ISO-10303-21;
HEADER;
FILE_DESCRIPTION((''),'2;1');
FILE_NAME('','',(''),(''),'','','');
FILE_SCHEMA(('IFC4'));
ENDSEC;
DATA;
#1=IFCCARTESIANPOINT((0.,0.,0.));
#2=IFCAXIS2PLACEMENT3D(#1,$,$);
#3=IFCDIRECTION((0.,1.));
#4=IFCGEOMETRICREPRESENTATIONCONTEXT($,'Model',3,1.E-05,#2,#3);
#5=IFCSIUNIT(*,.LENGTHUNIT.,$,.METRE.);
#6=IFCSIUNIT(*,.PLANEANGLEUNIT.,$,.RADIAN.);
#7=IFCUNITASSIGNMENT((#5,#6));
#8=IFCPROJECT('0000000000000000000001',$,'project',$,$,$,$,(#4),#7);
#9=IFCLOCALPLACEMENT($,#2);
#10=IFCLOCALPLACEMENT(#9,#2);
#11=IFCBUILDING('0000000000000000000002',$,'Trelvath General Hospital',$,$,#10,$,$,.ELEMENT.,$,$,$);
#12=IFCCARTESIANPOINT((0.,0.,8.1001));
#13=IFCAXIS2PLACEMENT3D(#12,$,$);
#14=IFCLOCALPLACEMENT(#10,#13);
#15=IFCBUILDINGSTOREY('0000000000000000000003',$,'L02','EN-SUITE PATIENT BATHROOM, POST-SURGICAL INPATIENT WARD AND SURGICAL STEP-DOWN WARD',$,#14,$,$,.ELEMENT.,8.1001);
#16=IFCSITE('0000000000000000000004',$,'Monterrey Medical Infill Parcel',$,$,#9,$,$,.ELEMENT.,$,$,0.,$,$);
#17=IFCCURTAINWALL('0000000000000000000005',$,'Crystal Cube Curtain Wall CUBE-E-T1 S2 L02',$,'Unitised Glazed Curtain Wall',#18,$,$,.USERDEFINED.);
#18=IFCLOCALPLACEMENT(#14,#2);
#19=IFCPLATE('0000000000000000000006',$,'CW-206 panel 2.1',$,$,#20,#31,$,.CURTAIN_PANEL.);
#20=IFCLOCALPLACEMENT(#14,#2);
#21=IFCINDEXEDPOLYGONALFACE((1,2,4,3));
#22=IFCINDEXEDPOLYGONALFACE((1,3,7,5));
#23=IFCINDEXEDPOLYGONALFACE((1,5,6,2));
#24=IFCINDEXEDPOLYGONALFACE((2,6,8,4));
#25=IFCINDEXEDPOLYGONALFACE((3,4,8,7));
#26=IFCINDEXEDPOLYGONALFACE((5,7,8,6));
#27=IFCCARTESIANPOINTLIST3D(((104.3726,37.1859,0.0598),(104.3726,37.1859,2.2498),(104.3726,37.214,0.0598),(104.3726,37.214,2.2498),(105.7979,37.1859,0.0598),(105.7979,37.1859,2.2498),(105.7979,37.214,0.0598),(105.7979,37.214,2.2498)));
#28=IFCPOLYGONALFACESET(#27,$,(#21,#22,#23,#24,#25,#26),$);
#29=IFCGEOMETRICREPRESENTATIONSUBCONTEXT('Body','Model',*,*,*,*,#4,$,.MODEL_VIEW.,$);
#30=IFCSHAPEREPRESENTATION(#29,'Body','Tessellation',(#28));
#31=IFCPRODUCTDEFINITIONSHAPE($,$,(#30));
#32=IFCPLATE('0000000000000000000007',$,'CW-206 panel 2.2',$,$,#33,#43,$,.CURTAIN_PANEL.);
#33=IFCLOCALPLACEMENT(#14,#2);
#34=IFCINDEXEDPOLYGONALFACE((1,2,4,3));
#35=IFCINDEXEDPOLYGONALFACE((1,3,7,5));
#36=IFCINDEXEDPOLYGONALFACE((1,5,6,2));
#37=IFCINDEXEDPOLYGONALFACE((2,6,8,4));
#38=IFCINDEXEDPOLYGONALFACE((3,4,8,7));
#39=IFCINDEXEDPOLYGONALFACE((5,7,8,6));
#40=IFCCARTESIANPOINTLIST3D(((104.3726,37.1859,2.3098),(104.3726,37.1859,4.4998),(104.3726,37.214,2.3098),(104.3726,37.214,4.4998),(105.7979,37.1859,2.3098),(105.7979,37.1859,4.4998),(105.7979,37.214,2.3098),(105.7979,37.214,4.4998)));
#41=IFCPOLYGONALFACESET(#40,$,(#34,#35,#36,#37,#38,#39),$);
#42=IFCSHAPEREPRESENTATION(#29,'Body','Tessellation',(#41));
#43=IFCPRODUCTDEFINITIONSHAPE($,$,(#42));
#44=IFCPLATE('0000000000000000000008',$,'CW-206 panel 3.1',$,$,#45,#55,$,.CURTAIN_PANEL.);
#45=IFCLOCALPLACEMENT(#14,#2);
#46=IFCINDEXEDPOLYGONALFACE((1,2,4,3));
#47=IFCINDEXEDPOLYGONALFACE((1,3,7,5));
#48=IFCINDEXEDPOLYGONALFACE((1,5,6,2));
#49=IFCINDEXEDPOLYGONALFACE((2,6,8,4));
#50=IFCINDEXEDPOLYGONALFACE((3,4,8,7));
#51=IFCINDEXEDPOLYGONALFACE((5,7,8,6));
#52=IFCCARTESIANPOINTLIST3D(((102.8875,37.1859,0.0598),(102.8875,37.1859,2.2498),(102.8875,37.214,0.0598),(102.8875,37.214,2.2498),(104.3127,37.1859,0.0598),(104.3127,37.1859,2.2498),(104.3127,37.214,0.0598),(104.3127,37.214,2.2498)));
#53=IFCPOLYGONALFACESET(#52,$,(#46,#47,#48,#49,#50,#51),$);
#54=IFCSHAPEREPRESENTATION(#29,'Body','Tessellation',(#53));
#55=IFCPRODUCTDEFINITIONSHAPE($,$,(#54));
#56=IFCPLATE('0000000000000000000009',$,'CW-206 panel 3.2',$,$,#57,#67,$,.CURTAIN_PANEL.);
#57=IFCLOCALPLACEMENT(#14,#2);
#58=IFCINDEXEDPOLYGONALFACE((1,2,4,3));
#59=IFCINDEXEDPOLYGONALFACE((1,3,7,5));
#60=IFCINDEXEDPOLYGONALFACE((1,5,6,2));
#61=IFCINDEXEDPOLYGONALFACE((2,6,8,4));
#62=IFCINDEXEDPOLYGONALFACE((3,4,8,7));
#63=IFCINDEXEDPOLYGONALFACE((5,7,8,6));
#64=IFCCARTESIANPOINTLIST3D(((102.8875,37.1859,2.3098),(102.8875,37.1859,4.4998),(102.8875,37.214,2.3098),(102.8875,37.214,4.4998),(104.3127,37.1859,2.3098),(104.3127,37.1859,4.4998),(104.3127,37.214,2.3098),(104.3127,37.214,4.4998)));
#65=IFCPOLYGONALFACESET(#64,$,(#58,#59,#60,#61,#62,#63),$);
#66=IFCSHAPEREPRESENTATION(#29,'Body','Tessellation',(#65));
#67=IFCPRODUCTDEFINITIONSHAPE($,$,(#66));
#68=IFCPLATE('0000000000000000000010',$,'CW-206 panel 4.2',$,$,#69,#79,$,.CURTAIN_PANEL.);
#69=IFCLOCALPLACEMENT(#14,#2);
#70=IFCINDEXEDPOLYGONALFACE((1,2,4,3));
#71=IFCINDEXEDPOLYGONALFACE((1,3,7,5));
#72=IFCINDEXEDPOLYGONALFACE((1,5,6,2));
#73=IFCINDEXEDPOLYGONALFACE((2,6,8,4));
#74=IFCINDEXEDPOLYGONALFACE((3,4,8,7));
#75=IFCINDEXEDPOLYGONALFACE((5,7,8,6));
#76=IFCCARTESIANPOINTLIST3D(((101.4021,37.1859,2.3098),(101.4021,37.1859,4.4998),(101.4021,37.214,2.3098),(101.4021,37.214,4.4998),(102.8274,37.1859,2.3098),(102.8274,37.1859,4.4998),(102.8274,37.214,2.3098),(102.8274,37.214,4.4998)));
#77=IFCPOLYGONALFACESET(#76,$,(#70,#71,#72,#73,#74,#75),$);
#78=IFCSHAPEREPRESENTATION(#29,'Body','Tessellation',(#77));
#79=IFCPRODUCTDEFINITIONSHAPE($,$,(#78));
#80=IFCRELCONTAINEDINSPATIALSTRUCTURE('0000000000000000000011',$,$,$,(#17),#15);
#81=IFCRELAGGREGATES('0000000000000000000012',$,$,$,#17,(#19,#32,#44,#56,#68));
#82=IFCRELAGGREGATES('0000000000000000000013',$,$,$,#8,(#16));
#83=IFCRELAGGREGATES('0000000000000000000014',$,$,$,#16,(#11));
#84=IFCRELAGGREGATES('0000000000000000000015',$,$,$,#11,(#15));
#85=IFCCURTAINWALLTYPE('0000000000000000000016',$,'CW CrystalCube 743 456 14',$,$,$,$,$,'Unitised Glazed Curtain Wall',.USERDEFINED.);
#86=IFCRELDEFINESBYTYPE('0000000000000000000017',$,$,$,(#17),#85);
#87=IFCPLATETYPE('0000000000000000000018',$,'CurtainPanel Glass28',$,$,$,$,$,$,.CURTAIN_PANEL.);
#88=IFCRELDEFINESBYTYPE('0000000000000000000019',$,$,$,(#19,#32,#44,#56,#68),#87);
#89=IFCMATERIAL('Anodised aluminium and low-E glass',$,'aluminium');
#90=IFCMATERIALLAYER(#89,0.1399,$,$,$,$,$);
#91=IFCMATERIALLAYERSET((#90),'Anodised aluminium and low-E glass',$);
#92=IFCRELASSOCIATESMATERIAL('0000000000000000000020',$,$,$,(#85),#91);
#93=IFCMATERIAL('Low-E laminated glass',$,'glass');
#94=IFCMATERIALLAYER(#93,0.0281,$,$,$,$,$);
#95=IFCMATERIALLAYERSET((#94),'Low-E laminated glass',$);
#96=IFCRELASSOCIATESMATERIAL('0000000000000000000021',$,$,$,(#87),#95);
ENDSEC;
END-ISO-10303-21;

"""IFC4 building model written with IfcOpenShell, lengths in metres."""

from ifc_helpers import new_model, si_unit, direction, frame, origin, origin_2d, place, context, subcontext, project, spatial, rectangle, extrude, material, layer, layer_set, type_object, element, aggregate, save


model = new_model("IFC4")

# Units and contexts
model_context = context("Model", 3, precision=1e-05, world=origin(), true_north=direction((0.0, 1.0)))
body_context = subcontext(model_context, "Body", "Model", "MODEL_VIEW")
ifc_project = project(units=[si_unit("LENGTHUNIT", "METRE"), si_unit("PLANEANGLEUNIT", "RADIAN")], contexts=[model_context])

# Site, building, storey
site_placement = place(None, origin())
site = spatial("IfcSite", under=ifc_project, at=site_placement, Name="Monterrey Medical Infill Parcel", CompositionType="ELEMENT", RefElevation=0.0)
building_placement = place(site_placement, origin())
building = spatial("IfcBuilding", under=site, at=building_placement, Name="Trelvath General Hospital", CompositionType="ELEMENT")
storey_placement = place(building_placement, frame((0.0, 0.0, 8.1001)))
storey = spatial("IfcBuildingStorey", under=building, at=storey_placement, Name="L02", Description="EN-SUITE PATIENT BATHROOM, POST-SURGICAL INPATIENT WARD AND SURGICAL STEP-DOWN WARD", CompositionType="ELEMENT", Elevation=8.1001)

# Curtain wall, plates
ifc_material_1 = material(Name="Anodised aluminium and low-E glass", Category="aluminium")
ifc_layer_1 = layer(ifc_material_1, 0.1399)
ifc_layer_set_1 = layer_set([ifc_layer_1], Name="Anodised aluminium and low-E glass")
curtain_wall_type = type_object("IfcCurtainWallType", Name="CW CrystalCube 743 456 14", ElementType="Unitised Glazed Curtain Wall", PredefinedType="USERDEFINED", material=ifc_layer_set_1)
curtain_wall_placement = place(storey_placement, origin())
curtain_wall = element("IfcCurtainWall", 1, at=curtain_wall_placement, inside=storey, type_object=curtain_wall_type, Name="Crystal Cube Curtain Wall CUBE-E-T1 S2 L02", ObjectType="Unitised Glazed Curtain Wall", PredefinedType="USERDEFINED")
ifc_material_2 = material(Name="Low-E laminated glass", Category="glass")
ifc_layer_2 = layer(ifc_material_2, 0.0281)
ifc_layer_set_2 = layer_set([ifc_layer_2], Name="Low-E laminated glass")
plate_type = type_object("IfcPlateType", Name="CurtainPanel Glass28", PredefinedType="CURTAIN_PANEL", material=ifc_layer_set_2)
plate_1_placement = place(storey_placement, frame((105.0852, 37.2, 0.0598), z_axis=(0.0, 0.0, 1.0), x_axis=(-1.0, 0.0, 0.0)))
plate_1 = element("IfcPlate", 2, at=plate_1_placement, type_object=plate_type, Name="CW-206 panel 2.1", PredefinedType="CURTAIN_PANEL", context=body_context, shape_type="SweptSolid", body=[
    extrude(rectangle(XDim=1.4253, YDim=0.0281, at=origin_2d()), origin(), (0.0, 0.0, 1.0), 2.1899),
])
plate_2_placement = place(storey_placement, frame((105.0852, 37.2, 2.3098), z_axis=(0.0, 0.0, 1.0), x_axis=(-1.0, 0.0, 0.0)))
plate_2 = element("IfcPlate", 3, at=plate_2_placement, type_object=plate_type, Name="CW-206 panel 2.2", PredefinedType="CURTAIN_PANEL", context=body_context, shape_type="SweptSolid", body=[
    extrude(rectangle(XDim=1.4253, YDim=0.0281, at=origin_2d()), origin(), (0.0, 0.0, 1.0), 2.1899),
])
plate_3_placement = place(storey_placement, frame((103.6001, 37.2, 0.0598), z_axis=(0.0, 0.0, 1.0), x_axis=(-1.0, 0.0, 0.0)))
plate_3 = element("IfcPlate", 4, at=plate_3_placement, type_object=plate_type, Name="CW-206 panel 3.1", PredefinedType="CURTAIN_PANEL", context=body_context, shape_type="SweptSolid", body=[
    extrude(rectangle(XDim=1.4253, YDim=0.0281, at=origin_2d()), origin(), (0.0, 0.0, 1.0), 2.1899),
])
plate_4_placement = place(storey_placement, frame((103.6001, 37.2, 2.3098), z_axis=(0.0, 0.0, 1.0), x_axis=(-1.0, 0.0, 0.0)))
plate_4 = element("IfcPlate", 5, at=plate_4_placement, type_object=plate_type, Name="CW-206 panel 3.2", PredefinedType="CURTAIN_PANEL", context=body_context, shape_type="SweptSolid", body=[
    extrude(rectangle(XDim=1.4253, YDim=0.0281, at=origin_2d()), origin(), (0.0, 0.0, 1.0), 2.1899),
])
plate_5_placement = place(storey_placement, frame((102.1147, 37.2, 2.3098), z_axis=(0.0, 0.0, 1.0), x_axis=(-1.0, 0.0, 0.0)))
plate_5 = element("IfcPlate", 6, at=plate_5_placement, type_object=plate_type, Name="CW-206 panel 4.2", PredefinedType="CURTAIN_PANEL", context=body_context, shape_type="SweptSolid", body=[
    extrude(rectangle(XDim=1.4253, YDim=0.0281, at=origin_2d()), origin(), (0.0, 0.0, 1.0), 2.1899),
])
aggregate(curtain_wall, [plate_1, plate_2, plate_3, plate_4, plate_5])

save(model, "model.ifc")
